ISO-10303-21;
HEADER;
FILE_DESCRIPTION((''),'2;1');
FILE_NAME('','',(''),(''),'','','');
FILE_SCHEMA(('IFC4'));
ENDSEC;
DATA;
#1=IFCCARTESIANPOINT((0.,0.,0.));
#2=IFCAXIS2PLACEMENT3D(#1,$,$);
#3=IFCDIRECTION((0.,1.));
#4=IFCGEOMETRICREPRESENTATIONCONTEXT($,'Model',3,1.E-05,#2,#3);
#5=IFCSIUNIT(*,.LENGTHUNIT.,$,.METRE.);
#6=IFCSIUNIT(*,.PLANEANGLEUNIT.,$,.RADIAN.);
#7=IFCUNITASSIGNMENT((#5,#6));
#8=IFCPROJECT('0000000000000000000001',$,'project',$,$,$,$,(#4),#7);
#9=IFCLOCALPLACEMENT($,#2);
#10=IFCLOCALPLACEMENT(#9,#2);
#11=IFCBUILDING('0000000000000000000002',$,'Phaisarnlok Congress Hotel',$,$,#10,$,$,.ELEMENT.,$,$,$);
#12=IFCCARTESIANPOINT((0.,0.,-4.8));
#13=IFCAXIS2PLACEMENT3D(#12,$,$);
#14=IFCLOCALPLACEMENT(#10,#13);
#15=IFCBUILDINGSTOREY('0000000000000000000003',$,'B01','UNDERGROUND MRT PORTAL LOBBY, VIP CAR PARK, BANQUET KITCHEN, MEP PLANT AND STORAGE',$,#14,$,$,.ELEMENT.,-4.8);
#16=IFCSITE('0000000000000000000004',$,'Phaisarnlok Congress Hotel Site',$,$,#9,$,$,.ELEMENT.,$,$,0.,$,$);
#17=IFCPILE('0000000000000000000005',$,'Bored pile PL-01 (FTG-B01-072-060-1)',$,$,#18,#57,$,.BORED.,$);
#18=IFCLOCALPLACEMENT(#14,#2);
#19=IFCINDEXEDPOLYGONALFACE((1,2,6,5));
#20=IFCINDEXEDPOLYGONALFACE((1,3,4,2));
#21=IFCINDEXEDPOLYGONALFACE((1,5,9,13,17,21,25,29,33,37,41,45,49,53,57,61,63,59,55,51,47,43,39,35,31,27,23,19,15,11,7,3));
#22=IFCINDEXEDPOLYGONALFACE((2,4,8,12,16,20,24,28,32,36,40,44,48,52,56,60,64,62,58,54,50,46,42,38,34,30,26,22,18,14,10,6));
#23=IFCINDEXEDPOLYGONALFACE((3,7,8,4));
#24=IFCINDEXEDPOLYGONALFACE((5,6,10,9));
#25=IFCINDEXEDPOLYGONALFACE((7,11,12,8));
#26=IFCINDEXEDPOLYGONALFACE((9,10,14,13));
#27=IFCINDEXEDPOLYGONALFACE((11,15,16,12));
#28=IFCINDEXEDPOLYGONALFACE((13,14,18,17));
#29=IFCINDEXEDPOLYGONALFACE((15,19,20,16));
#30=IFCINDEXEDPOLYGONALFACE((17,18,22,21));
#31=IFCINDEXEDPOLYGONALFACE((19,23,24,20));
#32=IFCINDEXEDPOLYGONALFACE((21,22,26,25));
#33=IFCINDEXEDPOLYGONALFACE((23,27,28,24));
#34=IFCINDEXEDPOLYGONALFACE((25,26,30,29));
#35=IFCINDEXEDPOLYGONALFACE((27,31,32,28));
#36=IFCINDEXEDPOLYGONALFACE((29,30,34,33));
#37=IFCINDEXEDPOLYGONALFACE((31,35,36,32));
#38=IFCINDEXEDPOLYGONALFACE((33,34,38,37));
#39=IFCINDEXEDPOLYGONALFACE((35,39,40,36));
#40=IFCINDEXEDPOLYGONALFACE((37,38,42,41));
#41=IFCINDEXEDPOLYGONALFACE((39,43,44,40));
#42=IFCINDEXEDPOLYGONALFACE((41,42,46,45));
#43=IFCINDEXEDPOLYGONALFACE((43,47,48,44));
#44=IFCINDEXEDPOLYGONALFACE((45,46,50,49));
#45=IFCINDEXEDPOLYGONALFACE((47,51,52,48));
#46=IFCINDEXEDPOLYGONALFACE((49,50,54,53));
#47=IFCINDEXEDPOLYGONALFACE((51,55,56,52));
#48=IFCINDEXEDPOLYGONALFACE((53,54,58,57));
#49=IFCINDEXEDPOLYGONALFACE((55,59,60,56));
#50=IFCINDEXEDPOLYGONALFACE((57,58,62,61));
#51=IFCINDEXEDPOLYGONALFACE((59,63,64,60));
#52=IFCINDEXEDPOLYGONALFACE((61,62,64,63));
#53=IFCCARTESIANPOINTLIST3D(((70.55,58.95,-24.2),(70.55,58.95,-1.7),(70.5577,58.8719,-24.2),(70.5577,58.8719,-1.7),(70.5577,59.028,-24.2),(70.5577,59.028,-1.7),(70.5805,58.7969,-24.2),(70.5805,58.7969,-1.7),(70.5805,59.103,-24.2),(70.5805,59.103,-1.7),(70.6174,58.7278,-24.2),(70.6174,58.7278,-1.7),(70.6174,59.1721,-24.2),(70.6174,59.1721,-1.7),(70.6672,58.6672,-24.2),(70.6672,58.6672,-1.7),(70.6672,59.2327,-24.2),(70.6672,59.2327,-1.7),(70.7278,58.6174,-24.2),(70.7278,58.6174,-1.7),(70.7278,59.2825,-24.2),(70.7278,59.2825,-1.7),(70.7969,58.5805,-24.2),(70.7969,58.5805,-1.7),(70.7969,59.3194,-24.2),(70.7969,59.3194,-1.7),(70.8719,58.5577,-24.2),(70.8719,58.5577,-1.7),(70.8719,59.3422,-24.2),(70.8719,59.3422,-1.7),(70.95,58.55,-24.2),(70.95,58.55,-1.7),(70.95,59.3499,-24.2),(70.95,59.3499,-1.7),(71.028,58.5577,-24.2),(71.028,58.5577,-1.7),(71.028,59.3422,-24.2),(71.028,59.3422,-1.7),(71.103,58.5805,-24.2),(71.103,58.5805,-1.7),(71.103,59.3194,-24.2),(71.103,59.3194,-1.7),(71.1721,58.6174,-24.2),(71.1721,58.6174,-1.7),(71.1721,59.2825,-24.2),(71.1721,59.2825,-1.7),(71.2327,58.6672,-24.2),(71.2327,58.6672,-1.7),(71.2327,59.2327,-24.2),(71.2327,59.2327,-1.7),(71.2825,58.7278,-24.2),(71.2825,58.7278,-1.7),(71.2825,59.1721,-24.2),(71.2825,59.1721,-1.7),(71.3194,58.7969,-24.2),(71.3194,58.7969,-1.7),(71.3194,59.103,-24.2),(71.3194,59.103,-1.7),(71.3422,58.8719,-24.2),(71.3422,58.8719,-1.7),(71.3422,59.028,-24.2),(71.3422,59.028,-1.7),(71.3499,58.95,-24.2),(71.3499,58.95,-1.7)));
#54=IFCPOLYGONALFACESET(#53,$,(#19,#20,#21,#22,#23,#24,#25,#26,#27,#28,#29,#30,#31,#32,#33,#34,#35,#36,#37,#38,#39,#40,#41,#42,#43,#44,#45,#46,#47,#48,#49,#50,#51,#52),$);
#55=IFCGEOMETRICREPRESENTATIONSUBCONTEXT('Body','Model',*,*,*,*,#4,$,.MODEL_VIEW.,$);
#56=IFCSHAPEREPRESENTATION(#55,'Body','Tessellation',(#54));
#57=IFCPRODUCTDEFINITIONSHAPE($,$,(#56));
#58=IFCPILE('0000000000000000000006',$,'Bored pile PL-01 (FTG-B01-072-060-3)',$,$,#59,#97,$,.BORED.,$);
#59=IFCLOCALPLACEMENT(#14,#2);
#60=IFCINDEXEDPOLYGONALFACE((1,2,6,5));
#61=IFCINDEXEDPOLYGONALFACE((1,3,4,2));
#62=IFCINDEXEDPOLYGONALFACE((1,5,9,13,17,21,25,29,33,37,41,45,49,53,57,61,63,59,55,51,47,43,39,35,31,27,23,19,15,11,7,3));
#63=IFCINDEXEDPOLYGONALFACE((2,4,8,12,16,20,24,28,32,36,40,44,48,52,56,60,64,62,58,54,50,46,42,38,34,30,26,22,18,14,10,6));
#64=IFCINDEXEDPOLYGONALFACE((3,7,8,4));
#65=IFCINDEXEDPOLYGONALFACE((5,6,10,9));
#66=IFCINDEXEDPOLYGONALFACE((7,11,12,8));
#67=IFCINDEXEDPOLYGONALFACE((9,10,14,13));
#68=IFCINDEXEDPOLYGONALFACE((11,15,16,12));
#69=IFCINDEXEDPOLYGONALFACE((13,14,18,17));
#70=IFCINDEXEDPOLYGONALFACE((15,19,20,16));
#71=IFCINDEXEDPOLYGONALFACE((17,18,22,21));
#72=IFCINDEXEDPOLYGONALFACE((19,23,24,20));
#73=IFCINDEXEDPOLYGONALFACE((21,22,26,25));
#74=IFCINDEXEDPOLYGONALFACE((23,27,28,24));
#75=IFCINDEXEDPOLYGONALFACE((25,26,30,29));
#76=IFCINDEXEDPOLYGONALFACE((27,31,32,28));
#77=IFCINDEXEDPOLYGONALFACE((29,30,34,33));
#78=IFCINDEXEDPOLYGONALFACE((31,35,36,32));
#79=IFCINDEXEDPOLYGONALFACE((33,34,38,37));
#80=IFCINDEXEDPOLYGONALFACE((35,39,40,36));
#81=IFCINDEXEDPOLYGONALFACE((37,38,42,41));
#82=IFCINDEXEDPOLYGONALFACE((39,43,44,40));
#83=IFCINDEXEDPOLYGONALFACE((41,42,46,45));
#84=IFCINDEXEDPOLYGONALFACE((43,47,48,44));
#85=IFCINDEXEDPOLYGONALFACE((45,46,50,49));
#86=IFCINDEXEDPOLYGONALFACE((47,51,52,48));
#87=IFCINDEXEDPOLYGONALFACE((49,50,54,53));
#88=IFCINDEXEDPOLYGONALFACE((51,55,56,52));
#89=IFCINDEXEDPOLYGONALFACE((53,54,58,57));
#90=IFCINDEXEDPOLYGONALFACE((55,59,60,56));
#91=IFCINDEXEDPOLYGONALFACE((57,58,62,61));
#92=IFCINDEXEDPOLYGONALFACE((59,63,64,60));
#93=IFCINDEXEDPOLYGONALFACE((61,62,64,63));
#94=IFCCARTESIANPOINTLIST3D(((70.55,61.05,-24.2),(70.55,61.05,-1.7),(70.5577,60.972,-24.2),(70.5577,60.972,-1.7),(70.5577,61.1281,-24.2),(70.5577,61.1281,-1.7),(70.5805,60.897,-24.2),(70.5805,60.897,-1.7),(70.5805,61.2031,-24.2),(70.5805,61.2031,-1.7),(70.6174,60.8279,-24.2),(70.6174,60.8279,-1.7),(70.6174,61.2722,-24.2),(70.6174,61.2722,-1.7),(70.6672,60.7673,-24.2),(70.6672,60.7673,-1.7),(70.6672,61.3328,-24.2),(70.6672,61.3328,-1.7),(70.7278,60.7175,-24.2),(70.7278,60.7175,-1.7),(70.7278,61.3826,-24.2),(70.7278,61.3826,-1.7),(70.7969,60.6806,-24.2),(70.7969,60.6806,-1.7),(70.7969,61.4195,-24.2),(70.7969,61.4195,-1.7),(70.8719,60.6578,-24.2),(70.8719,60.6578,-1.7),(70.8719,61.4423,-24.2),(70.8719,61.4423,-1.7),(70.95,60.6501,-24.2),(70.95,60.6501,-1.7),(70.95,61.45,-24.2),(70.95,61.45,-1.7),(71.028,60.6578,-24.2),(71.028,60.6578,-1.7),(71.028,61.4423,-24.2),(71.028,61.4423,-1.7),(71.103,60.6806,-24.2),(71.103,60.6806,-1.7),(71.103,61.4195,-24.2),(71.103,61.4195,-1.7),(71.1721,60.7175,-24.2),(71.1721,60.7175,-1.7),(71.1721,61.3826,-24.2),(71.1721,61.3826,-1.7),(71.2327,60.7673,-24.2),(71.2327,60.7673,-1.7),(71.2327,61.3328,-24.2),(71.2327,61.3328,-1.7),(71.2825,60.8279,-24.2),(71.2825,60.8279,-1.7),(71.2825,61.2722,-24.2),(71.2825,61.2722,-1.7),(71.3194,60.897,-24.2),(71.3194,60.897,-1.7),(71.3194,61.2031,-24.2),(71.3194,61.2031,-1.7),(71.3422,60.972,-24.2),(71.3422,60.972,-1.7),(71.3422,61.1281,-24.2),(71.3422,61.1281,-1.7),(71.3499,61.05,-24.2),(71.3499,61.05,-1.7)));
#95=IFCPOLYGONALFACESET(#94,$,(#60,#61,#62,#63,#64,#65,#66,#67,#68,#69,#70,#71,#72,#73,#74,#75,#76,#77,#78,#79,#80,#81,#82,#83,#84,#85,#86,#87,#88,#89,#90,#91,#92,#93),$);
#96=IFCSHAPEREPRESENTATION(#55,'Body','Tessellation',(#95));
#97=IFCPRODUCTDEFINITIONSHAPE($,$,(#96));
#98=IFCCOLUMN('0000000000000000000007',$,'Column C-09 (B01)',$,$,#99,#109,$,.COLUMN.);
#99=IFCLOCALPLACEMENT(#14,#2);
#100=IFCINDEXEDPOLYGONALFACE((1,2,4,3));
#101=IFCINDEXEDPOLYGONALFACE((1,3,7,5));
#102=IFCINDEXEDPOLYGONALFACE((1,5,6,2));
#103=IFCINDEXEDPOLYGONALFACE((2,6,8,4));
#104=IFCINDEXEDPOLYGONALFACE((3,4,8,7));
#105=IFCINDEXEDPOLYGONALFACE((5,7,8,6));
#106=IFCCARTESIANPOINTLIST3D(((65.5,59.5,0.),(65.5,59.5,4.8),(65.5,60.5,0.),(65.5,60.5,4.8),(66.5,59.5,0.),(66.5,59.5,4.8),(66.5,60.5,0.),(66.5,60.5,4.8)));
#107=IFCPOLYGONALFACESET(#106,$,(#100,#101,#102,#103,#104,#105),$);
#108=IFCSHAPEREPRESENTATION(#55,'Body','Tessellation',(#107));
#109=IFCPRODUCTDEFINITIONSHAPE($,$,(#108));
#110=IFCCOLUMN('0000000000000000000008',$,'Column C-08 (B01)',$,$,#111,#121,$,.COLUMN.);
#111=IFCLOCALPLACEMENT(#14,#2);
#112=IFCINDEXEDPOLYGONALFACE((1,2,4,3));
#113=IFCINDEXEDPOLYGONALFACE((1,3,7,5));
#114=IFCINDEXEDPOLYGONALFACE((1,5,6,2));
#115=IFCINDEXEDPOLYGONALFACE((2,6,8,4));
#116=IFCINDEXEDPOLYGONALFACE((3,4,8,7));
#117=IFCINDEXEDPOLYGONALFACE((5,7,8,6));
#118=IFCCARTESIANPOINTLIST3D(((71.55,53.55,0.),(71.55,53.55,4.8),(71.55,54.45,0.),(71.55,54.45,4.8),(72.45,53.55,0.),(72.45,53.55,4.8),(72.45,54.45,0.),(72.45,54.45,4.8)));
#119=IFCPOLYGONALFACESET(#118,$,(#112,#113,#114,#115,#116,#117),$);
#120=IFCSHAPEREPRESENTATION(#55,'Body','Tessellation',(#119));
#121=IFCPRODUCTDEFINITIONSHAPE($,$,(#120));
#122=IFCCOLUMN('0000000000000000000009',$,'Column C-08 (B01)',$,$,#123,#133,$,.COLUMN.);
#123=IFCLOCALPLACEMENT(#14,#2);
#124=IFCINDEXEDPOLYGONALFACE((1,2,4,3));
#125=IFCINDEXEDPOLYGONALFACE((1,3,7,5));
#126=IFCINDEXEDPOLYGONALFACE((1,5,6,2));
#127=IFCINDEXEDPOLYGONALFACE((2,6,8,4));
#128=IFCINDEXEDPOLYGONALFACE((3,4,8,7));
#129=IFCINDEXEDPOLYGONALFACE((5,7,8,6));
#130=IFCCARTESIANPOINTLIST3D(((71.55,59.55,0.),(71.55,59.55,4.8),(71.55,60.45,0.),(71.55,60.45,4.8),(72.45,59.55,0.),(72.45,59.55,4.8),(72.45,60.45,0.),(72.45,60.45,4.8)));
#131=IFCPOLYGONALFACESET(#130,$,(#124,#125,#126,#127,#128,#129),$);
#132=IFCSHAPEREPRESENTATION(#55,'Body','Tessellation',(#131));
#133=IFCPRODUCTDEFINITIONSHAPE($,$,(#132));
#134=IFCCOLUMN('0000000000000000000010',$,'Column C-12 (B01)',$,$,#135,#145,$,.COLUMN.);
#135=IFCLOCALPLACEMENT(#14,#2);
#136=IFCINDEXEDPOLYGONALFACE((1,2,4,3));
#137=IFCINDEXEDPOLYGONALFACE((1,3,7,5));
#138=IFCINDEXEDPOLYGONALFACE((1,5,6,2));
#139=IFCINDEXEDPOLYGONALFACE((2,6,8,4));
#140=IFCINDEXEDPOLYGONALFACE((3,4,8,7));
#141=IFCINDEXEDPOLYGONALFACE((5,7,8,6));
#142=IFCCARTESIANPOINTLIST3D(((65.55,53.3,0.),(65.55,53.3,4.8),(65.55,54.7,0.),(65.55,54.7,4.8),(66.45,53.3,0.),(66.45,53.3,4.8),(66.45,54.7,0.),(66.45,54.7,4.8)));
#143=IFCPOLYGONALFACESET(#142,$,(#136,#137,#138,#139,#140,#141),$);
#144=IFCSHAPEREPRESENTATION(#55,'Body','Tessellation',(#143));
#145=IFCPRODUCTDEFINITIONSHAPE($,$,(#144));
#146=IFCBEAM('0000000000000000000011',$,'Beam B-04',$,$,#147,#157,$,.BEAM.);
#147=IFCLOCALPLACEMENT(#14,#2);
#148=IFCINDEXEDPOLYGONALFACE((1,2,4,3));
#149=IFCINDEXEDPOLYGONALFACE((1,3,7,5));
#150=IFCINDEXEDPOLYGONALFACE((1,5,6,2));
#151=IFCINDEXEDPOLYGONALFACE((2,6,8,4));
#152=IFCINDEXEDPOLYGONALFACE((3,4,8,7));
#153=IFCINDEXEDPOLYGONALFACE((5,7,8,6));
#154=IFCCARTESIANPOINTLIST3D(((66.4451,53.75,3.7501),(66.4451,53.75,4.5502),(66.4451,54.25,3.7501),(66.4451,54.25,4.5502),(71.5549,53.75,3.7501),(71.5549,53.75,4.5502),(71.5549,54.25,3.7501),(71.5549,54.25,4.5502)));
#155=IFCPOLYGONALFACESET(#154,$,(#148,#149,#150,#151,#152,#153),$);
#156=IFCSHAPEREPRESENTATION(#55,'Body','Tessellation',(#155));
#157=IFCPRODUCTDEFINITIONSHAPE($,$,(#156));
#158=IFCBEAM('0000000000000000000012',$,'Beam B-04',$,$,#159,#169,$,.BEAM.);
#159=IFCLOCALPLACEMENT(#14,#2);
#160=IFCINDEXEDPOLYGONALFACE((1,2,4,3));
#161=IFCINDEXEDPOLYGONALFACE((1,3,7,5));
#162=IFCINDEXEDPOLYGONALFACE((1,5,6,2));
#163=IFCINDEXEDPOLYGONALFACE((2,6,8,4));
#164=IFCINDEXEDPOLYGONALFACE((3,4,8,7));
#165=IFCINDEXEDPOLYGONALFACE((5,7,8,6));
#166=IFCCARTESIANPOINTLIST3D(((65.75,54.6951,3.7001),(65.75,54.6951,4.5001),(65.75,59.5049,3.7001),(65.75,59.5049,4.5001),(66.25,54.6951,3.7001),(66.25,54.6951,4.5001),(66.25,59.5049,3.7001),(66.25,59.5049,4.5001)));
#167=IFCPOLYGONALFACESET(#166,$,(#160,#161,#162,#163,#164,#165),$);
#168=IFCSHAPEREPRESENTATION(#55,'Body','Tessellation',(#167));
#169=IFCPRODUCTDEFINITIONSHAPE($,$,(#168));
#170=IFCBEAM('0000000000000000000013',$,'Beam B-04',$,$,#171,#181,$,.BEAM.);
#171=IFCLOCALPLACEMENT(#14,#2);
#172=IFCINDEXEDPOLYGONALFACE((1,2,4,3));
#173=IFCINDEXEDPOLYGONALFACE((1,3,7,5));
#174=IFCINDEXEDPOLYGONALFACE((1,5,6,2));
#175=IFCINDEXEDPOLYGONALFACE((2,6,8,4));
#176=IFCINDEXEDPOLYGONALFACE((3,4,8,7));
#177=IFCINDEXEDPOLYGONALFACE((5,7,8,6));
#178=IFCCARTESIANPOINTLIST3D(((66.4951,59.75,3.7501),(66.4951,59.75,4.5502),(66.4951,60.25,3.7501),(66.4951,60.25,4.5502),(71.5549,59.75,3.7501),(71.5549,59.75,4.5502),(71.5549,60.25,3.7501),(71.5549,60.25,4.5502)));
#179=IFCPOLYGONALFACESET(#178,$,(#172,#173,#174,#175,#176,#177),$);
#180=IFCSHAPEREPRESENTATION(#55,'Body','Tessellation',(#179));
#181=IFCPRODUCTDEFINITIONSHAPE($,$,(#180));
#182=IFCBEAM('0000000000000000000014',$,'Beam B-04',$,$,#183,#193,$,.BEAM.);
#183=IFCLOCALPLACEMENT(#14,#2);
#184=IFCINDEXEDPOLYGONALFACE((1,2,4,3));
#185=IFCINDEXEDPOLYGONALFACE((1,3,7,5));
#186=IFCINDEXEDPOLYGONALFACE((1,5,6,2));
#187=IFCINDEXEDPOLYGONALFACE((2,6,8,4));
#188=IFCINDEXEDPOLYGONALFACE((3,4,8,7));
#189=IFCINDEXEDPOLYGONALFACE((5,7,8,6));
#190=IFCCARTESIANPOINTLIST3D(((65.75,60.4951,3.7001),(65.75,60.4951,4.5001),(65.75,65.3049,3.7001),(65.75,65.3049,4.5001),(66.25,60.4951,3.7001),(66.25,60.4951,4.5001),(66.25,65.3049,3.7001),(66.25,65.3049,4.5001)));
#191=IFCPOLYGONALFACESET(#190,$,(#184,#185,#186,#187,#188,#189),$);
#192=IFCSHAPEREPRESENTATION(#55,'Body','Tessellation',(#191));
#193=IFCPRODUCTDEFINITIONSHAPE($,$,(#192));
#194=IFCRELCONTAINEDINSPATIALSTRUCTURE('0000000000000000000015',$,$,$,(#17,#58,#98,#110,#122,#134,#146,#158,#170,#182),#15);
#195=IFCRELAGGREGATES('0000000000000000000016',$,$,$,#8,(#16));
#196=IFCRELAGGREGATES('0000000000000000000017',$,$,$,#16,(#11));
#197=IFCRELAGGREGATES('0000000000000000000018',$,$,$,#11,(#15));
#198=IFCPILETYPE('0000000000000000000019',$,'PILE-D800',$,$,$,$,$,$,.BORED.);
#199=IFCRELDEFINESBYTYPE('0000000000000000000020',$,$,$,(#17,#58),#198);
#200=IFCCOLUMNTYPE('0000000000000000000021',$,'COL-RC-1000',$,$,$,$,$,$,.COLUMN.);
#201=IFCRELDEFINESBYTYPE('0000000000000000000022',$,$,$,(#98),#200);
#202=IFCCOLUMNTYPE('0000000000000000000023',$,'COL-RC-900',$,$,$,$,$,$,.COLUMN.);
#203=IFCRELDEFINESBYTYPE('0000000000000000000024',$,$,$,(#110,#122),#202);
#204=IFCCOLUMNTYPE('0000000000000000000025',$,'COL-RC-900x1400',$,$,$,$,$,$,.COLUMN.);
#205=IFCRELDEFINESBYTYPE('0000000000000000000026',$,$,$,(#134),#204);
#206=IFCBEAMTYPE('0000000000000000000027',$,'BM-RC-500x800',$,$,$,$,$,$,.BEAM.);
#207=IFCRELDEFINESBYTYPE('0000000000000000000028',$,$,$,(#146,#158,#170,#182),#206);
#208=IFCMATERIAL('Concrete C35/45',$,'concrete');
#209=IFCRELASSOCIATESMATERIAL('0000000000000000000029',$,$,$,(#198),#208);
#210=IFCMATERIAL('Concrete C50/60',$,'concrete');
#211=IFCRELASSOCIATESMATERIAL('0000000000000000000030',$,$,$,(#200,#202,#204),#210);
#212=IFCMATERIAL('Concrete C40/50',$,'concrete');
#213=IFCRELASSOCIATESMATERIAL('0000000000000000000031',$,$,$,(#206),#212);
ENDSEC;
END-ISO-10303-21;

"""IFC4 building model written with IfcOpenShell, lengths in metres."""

from ifc_helpers import new_model, si_unit, direction, frame, origin, origin_2d, place, context, subcontext, project, spatial, rectangle, circle, extrude, material, material_profile, profile_set, type_object, element, save


model = new_model("IFC4")

# Units and contexts
model_context = context("Model", 3, precision=1e-05, world=origin(), true_north=direction((0.0, 1.0)))
body_context = subcontext(model_context, "Body", "Model", "MODEL_VIEW")
ifc_project = project(units=[si_unit("LENGTHUNIT", "METRE"), si_unit("PLANEANGLEUNIT", "RADIAN")], contexts=[model_context])

# Site, building, storey
site_placement = place(None, origin())
site = spatial("IfcSite", under=ifc_project, at=site_placement, Name="Phaisarnlok Congress Hotel Site", CompositionType="ELEMENT", RefElevation=0.0)
building_placement = place(site_placement, origin())
building = spatial("IfcBuilding", under=site, at=building_placement, Name="Phaisarnlok Congress Hotel", CompositionType="ELEMENT")
storey_placement = place(building_placement, frame((0.0, 0.0, -4.8)))
storey = spatial("IfcBuildingStorey", under=building, at=storey_placement, Name="B01", Description="UNDERGROUND MRT PORTAL LOBBY, VIP CAR PARK, BANQUET KITCHEN, MEP PLANT AND STORAGE", CompositionType="ELEMENT", Elevation=-4.8)

# Shared definitions
ifc_material_1 = material(Name="Concrete C40/50", Category="concrete")

# Piles
ifc_material_2 = material(Name="Concrete C35/45", Category="concrete")
ifc_material_profile_1 = material_profile(ifc_material_2, circle(Radius=0.3999, at=origin_2d()), Name="BORED PILE D800")
ifc_profile_set_1 = profile_set([ifc_material_profile_1], Name="Concrete C35/45")
pile_type_1 = type_object("IfcPileType", Name="PILE-D800", PredefinedType="BORED", material=ifc_profile_set_1)
for number, where, z_axis, x_axis, name in (
    (1, (70.95, 58.95, -1.7), (0.0, 0.0, -1.0), (1.0, 0.0, 0.0), "Bored pile PL-01 (FTG-B01-072-060-1)"),
    (2, (70.95, 61.05, -1.7), (0.0, 0.0, -1.0), (1.0, 0.0, 0.0), "Bored pile PL-01 (FTG-B01-072-060-3)"),
):
    element("IfcPile", number, at=place(storey_placement, frame(where, z_axis=z_axis, x_axis=x_axis)), inside=storey, type_object=pile_type_1, Name=name, PredefinedType="BORED", context=body_context, shape_type="SweptSolid", body=[
        extrude(circle(Radius=0.3999, at=origin_2d()), origin(), (0.0, 0.0, 1.0), 22.5),
    ])

# Columns
ifc_material_3 = material(Name="Concrete C50/60", Category="concrete")
ifc_material_profile_2 = material_profile(ifc_material_3, rectangle(XDim=1.0, YDim=1.0, at=origin_2d()), Name="RC 1000x1000")
ifc_profile_set_2 = profile_set([ifc_material_profile_2], Name="Concrete C50/60")
column_type_1 = type_object("IfcColumnType", Name="COL-RC-1000", PredefinedType="COLUMN", material=ifc_profile_set_2)
column_1_placement = place(storey_placement, frame((66.0, 60.0, 0.0), z_axis=(0.0, 0.0, 1.0), x_axis=(1.0, 0.0, 0.0)))
element("IfcColumn", 3, at=column_1_placement, inside=storey, type_object=column_type_1, Name="Column C-09 (B01)", PredefinedType="COLUMN", context=body_context, shape_type="SweptSolid", body=[
    extrude(rectangle(XDim=1.0, YDim=1.0, at=origin_2d()), origin(), (0.0, 0.0, 1.0), 4.8),
])
ifc_material_profile_3 = material_profile(ifc_material_3, rectangle(XDim=0.8999, YDim=0.8999, at=origin_2d()), Name="RC 900x900")
ifc_profile_set_3 = profile_set([ifc_material_profile_3], Name="Concrete C50/60")
column_type_2 = type_object("IfcColumnType", Name="COL-RC-900", PredefinedType="COLUMN", material=ifc_profile_set_3)
for number, where, z_axis, x_axis, name in (
    (4, (72.0, 54.0, 0.0), (0.0, 0.0, 1.0), (1.0, 0.0, 0.0), "Column C-08 (B01)"),
    (5, (72.0, 60.0, 0.0), (0.0, 0.0, 1.0), (1.0, 0.0, 0.0), "Column C-08 (B01)"),
):
    element("IfcColumn", number, at=place(storey_placement, frame(where, z_axis=z_axis, x_axis=x_axis)), inside=storey, type_object=column_type_2, Name=name, PredefinedType="COLUMN", context=body_context, shape_type="SweptSolid", body=[
        extrude(rectangle(XDim=0.8999, YDim=0.8999, at=origin_2d()), origin(), (0.0, 0.0, 1.0), 4.8),
    ])
ifc_material_profile_4 = material_profile(ifc_material_3, rectangle(XDim=0.8999, YDim=1.3999, at=origin_2d()), Name="RC 900x1400")
ifc_profile_set_4 = profile_set([ifc_material_profile_4], Name="Concrete C50/60")
column_type_3 = type_object("IfcColumnType", Name="COL-RC-900x1400", PredefinedType="COLUMN", material=ifc_profile_set_4)
column_2_placement = place(storey_placement, frame((66.0, 54.0, 0.0), z_axis=(0.0, 0.0, 1.0), x_axis=(1.0, 0.0, 0.0)))
element("IfcColumn", 6, at=column_2_placement, inside=storey, type_object=column_type_3, Name="Column C-12 (B01)", PredefinedType="COLUMN", context=body_context, shape_type="SweptSolid", body=[
    extrude(rectangle(XDim=0.8999, YDim=1.3999, at=origin_2d()), origin(), (0.0, 0.0, 1.0), 4.8),
])

# Beams
ifc_material_profile_5 = material_profile(ifc_material_1, rectangle(XDim=0.5, YDim=0.8, at=origin_2d()), Name="RC 500x800")
ifc_profile_set_5 = profile_set([ifc_material_profile_5], Name="Concrete C40/50")
beam_type_1 = type_object("IfcBeamType", Name="BM-RC-500x800", PredefinedType="BEAM", material=ifc_profile_set_5)
beam_1_placement = place(storey_placement, frame((66.4451, 54.0, 4.1501), z_axis=(1.0, 0.0, 0.0), x_axis=(0.0, 1.0, 0.0)))
element("IfcBeam", 7, at=beam_1_placement, inside=storey, type_object=beam_type_1, Name="Beam B-04", PredefinedType="BEAM", context=body_context, shape_type="SweptSolid", body=[
    extrude(rectangle(XDim=0.5, YDim=0.8, at=origin_2d()), origin(), (0.0, 0.0, 1.0), 5.1099),
])
beam_2_placement = place(storey_placement, frame((66.0, 54.6951, 4.1001), z_axis=(0.0, 1.0, 0.0), x_axis=(-1.0, 0.0, 0.0)))
element("IfcBeam", 8, at=beam_2_placement, inside=storey, type_object=beam_type_1, Name="Beam B-04", PredefinedType="BEAM", context=body_context, shape_type="SweptSolid", body=[
    extrude(rectangle(XDim=0.5, YDim=0.8, at=origin_2d()), origin(), (0.0, 0.0, 1.0), 4.8098),
])
beam_3_placement = place(storey_placement, frame((66.4951, 60.0, 4.1501), z_axis=(1.0, 0.0, 0.0), x_axis=(0.0, 1.0, 0.0)))
element("IfcBeam", 9, at=beam_3_placement, inside=storey, type_object=beam_type_1, Name="Beam B-04", PredefinedType="BEAM", context=body_context, shape_type="SweptSolid", body=[
    extrude(rectangle(XDim=0.5, YDim=0.8, at=origin_2d()), origin(), (0.0, 0.0, 1.0), 5.0598),
])
beam_4_placement = place(storey_placement, frame((66.0, 60.4951, 4.1001), z_axis=(0.0, 1.0, 0.0), x_axis=(-1.0, 0.0, 0.0)))
element("IfcBeam", 10, at=beam_4_placement, inside=storey, type_object=beam_type_1, Name="Beam B-04", PredefinedType="BEAM", context=body_context, shape_type="SweptSolid", body=[
    extrude(rectangle(XDim=0.5, YDim=0.8, at=origin_2d()), origin(), (0.0, 0.0, 1.0), 4.8098),
])

save(model, "model.ifc")
